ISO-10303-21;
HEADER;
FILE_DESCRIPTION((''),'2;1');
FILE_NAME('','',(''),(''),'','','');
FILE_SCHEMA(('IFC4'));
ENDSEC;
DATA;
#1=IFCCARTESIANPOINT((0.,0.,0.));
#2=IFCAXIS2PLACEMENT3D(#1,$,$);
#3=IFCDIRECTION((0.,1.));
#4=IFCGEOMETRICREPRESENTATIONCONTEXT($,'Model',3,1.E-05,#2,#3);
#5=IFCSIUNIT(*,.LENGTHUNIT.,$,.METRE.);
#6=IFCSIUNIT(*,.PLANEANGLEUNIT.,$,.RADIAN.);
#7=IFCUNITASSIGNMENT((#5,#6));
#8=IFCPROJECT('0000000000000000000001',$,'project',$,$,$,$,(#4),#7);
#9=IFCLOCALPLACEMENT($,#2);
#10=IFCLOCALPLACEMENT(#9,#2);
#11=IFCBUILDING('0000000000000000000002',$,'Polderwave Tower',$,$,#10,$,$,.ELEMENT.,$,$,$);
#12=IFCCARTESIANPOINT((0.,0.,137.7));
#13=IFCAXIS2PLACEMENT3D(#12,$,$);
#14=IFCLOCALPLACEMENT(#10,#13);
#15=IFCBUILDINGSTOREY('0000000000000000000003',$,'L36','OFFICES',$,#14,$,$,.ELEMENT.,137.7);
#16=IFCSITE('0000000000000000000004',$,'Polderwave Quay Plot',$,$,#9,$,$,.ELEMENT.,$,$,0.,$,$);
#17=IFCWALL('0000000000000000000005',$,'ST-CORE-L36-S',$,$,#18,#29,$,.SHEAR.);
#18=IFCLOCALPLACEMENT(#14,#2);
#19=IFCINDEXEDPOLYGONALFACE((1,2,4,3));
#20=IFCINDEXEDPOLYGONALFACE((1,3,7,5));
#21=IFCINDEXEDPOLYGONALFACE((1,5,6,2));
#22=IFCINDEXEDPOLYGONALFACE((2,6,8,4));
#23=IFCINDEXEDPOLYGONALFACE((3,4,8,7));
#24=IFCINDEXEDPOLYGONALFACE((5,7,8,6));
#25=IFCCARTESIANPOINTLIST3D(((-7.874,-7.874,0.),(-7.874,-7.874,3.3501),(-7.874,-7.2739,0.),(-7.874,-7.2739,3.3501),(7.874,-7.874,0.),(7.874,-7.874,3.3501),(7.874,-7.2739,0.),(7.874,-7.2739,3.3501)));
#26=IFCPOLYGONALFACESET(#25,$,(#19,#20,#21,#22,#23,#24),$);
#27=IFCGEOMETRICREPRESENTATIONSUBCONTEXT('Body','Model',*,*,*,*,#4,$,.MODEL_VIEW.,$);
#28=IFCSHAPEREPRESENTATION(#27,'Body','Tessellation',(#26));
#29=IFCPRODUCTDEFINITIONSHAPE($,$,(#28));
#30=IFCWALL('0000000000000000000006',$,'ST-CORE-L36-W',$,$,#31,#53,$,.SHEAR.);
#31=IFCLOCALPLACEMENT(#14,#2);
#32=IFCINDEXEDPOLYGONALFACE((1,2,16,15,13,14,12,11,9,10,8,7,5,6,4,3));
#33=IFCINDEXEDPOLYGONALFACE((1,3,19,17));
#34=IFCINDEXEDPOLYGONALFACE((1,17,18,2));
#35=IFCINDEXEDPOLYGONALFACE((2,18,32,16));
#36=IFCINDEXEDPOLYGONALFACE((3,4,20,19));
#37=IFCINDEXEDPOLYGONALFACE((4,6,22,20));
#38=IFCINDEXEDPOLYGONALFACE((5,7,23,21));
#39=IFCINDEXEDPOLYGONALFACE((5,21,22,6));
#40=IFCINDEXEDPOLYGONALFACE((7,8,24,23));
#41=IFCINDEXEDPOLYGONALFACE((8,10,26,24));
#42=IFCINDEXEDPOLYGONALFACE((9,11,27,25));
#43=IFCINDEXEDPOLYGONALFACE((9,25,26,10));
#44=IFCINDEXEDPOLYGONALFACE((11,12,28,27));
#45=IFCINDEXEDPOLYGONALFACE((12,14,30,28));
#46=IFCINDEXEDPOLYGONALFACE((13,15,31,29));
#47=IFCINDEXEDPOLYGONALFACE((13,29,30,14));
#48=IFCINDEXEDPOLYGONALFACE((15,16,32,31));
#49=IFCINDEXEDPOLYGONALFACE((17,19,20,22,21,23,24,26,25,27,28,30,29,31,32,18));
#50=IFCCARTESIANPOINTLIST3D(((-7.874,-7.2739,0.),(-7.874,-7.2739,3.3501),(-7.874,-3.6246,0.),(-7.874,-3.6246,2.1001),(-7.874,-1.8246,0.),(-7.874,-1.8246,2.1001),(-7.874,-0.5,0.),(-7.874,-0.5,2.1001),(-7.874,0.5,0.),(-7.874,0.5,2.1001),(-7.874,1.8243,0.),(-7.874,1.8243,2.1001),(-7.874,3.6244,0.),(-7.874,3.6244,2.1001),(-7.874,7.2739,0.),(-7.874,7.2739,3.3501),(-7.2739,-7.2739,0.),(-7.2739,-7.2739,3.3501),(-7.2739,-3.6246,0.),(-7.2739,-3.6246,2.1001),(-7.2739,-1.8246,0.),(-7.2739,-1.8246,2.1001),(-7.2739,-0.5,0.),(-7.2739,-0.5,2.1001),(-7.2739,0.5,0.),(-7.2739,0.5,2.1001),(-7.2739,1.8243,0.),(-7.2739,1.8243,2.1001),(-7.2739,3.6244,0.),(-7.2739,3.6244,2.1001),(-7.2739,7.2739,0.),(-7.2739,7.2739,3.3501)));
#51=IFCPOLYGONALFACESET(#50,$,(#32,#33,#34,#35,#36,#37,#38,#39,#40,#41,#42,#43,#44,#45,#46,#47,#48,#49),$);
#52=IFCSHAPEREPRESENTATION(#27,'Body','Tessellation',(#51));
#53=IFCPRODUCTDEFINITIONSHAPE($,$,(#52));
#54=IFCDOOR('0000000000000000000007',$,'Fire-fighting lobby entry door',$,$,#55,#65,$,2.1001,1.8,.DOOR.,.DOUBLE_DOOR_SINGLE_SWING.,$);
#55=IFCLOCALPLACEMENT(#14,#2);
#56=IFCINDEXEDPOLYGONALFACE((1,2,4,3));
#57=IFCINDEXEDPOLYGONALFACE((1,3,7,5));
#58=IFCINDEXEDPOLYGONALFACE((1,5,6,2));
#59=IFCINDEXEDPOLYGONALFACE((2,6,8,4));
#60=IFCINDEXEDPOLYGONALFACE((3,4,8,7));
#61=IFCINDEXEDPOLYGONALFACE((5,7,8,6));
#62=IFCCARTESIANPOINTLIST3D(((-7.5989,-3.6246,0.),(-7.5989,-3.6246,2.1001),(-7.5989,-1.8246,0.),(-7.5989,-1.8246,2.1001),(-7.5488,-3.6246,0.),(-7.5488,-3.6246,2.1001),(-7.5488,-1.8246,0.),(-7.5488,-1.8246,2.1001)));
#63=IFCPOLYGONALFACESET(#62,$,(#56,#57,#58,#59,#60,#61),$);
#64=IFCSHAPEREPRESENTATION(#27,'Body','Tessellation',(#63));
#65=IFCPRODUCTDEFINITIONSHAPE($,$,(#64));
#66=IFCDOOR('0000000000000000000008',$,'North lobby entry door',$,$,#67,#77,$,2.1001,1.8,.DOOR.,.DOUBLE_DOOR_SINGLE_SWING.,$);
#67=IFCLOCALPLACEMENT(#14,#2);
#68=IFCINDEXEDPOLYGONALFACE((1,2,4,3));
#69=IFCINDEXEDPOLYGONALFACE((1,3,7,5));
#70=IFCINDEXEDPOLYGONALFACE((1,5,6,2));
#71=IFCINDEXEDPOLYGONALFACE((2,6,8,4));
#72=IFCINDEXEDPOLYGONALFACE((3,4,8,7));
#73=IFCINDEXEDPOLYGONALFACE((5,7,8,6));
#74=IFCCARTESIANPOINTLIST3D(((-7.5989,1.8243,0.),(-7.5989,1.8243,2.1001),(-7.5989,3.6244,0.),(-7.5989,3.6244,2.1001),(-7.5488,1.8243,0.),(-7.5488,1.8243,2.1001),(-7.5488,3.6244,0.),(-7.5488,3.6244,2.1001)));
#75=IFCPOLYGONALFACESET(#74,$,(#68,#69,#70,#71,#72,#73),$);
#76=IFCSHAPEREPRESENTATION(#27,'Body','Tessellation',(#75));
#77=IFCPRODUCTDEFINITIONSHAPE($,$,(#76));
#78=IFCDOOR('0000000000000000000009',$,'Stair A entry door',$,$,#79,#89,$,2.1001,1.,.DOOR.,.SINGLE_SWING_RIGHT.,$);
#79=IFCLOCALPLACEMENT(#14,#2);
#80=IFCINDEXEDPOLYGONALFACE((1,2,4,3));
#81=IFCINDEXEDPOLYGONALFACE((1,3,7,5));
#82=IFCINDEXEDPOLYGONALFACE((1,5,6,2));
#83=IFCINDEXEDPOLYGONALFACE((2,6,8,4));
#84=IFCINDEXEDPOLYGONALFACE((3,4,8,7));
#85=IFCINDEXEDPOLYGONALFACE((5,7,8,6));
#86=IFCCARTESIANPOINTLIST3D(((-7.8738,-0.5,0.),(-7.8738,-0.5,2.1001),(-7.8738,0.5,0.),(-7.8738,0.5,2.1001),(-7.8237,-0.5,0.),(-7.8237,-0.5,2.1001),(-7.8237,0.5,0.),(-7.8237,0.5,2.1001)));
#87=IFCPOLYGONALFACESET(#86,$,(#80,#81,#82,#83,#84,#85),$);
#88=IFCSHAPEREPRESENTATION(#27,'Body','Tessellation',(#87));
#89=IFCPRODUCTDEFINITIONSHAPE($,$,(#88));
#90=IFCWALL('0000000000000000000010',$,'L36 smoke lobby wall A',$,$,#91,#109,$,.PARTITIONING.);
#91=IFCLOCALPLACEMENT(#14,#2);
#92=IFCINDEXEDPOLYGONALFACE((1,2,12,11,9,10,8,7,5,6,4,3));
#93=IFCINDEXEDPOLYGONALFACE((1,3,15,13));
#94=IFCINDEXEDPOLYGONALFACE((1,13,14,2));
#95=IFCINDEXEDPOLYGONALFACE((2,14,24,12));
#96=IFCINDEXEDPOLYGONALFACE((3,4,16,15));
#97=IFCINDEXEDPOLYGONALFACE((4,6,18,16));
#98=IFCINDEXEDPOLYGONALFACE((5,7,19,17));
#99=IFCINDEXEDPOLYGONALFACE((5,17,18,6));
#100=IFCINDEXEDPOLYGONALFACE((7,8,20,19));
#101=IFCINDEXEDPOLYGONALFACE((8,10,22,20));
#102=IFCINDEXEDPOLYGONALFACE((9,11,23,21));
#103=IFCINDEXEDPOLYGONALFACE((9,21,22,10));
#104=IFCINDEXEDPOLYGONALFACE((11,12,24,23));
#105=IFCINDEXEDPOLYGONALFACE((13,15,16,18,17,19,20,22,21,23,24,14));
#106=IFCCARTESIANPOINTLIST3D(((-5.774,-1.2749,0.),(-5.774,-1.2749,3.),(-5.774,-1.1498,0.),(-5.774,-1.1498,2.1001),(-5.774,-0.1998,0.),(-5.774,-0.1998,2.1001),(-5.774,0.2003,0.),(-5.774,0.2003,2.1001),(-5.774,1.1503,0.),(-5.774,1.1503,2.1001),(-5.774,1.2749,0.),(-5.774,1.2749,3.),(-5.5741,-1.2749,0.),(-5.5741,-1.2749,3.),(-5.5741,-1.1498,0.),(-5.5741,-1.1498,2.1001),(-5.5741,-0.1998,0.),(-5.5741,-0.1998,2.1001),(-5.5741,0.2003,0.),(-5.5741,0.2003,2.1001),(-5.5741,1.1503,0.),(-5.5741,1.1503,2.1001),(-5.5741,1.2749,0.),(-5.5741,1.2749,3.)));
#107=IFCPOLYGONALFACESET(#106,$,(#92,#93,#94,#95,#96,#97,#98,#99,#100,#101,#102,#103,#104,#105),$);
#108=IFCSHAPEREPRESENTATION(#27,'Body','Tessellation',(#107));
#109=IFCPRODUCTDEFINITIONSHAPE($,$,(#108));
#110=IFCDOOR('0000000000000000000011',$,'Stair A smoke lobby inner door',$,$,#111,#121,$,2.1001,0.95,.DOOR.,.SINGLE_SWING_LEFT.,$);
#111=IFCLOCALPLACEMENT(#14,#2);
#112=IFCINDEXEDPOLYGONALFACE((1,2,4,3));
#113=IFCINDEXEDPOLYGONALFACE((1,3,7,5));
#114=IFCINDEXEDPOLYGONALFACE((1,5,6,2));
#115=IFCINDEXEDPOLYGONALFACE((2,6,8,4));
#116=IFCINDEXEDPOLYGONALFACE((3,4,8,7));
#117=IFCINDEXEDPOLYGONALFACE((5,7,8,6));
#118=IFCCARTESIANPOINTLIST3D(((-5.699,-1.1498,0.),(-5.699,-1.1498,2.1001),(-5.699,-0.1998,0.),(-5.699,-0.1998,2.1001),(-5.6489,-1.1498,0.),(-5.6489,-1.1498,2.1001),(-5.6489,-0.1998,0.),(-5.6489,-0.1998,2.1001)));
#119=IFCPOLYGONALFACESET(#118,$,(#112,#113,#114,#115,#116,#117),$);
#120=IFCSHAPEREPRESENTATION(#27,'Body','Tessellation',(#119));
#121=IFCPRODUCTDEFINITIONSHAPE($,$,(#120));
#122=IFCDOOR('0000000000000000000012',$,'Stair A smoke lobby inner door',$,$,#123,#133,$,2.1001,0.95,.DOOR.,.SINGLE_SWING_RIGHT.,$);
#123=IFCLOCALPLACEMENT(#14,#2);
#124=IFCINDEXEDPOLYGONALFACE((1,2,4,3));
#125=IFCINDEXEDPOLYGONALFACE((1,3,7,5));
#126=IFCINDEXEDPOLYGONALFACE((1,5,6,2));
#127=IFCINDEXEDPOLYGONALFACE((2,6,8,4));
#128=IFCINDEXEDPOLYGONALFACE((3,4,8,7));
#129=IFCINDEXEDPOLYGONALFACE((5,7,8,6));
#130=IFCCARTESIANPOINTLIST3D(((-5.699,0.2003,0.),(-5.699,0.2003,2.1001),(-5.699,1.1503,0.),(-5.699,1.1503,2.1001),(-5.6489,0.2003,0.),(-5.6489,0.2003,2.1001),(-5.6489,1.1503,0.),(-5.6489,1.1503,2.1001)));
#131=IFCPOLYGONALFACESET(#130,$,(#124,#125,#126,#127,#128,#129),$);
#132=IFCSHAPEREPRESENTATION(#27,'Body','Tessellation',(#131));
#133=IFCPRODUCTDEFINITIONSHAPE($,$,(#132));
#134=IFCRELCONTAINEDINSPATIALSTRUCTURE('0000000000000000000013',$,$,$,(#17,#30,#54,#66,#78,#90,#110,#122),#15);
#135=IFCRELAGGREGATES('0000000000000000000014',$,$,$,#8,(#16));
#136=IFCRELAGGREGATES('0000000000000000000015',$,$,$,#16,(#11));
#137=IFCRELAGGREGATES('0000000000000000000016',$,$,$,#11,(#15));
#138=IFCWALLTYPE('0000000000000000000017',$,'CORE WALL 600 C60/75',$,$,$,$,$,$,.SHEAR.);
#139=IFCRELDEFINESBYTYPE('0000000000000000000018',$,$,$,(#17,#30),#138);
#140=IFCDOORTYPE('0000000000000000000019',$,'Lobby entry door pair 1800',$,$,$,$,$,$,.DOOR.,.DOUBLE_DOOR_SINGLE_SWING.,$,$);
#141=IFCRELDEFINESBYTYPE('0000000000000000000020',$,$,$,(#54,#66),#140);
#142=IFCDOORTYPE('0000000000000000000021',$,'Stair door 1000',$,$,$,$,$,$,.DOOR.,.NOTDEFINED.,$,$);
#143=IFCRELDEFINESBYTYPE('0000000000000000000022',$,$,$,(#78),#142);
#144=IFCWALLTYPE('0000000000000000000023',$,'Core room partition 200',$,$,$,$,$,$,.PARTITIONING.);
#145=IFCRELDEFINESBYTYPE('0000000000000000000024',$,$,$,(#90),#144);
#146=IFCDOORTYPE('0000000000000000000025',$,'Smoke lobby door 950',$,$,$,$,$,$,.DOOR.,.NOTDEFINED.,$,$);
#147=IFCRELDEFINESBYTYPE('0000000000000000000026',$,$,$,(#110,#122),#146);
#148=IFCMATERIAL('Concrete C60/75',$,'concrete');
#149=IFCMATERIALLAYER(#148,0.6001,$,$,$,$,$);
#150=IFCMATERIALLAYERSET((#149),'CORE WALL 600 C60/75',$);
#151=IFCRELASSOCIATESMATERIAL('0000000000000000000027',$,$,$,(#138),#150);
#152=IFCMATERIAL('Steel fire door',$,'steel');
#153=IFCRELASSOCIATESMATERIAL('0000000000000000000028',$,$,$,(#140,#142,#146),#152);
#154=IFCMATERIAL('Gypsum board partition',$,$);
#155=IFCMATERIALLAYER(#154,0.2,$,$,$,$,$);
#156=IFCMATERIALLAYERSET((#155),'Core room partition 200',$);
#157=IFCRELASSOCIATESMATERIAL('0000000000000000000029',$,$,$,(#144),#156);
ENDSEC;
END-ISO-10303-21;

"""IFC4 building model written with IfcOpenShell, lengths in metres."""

from ifc_helpers import new_model, si_unit, direction, frame, frame_2d, origin, place, context, subcontext, project, spatial, rectangle, extrude, material, layer, layer_set, type_object, element, fill, save


model = new_model("IFC4")

# Units and contexts
model_context = context("Model", 3, precision=1e-05, world=origin(), true_north=direction((0.0, 1.0)))
body_context = subcontext(model_context, "Body", "Model", "MODEL_VIEW")
ifc_project = project(units=[si_unit("LENGTHUNIT", "METRE"), si_unit("PLANEANGLEUNIT", "RADIAN")], contexts=[model_context])

# Site, building, storey
site_placement = place(None, origin())
site = spatial("IfcSite", under=ifc_project, at=site_placement, Name="Polderwave Quay Plot", CompositionType="ELEMENT", RefElevation=0.0)
building_placement = place(site_placement, origin())
building = spatial("IfcBuilding", under=site, at=building_placement, Name="Polderwave Tower", CompositionType="ELEMENT")
storey_placement = place(building_placement, frame((0.0, 0.0, 137.7)))
storey = spatial("IfcBuildingStorey", under=building, at=storey_placement, Name="L36", Description="OFFICES", CompositionType="ELEMENT", Elevation=137.7)

# Wall
ifc_material_1 = material(Name="Concrete C60/75", Category="concrete")
ifc_layer_1 = layer(ifc_material_1, 0.6001)
ifc_layer_set_1 = layer_set([ifc_layer_1], Name="CORE WALL 600 C60/75")
wall_type_1 = type_object("IfcWallType", Name="CORE WALL 600 C60/75", PredefinedType="SHEAR", material=ifc_layer_set_1)
wall_1_placement = place(storey_placement, frame((-7.874, -7.574, 0.0), z_axis=(0.0, 0.0, 1.0), x_axis=(1.0, 0.0, 0.0)))
element("IfcWall", 1, at=wall_1_placement, inside=storey, type_object=wall_type_1, Name="ST-CORE-L36-S", PredefinedType="SHEAR", context=body_context, shape_type="SweptSolid", body=[
    extrude(rectangle(XDim=15.748, YDim=0.6001, at=frame_2d((7.874, 0.0))), origin(), (0.0, 0.0, 1.0), 3.3501),
])

# Walls, openings, doors
wall_2_placement = place(storey_placement, frame((-7.574, -7.2739, 0.0), z_axis=(0.0, 0.0, 1.0), x_axis=(0.0, 1.0, 0.0)))
wall_2 = element("IfcWall", 2, at=wall_2_placement, inside=storey, type_object=wall_type_1, Name="ST-CORE-L36-W", PredefinedType="SHEAR", context=body_context, shape_type="SweptSolid", body=[
    extrude(rectangle(XDim=14.5479, YDim=0.6001, at=frame_2d((7.2739, 0.0))), origin(), (0.0, 0.0, 1.0), 3.3501),
])
opening_1_placement = place(wall_2_placement, frame((6.7739, 0.0, 0.0)))
opening_1 = element("IfcOpeningElement", 3, at=opening_1_placement, cuts=wall_2, PredefinedType="OPENING", context=body_context, shape_type="SweptSolid", body=[
    extrude(rectangle(XDim=1.0, YDim=2.1001, at=frame_2d((0.5, 1.05))), frame((0.0, 0.3101, 0.0), z_axis=(0.0, -1.0, 0.0), x_axis=(1.0, 0.0, 0.0)), (0.0, 0.0, 1.0), 0.6201),
])
opening_2_placement = place(wall_2_placement, frame((3.6494, 0.0, 0.0)))
opening_2 = element("IfcOpeningElement", 4, at=opening_2_placement, cuts=wall_2, PredefinedType="OPENING", context=body_context, shape_type="SweptSolid", body=[
    extrude(rectangle(XDim=1.8, YDim=2.1001, at=frame_2d((0.8999, 1.05))), frame((0.0, 0.3101, 0.0), z_axis=(0.0, -1.0, 0.0), x_axis=(1.0, 0.0, 0.0)), (0.0, 0.0, 1.0), 0.6201),
])
opening_3_placement = place(wall_2_placement, frame((9.0984, 0.0, 0.0)))
opening_3 = element("IfcOpeningElement", 5, at=opening_3_placement, cuts=wall_2, PredefinedType="OPENING", context=body_context, shape_type="SweptSolid", body=[
    extrude(rectangle(XDim=1.8, YDim=2.1001, at=frame_2d((0.8999, 1.05))), frame((0.0, 0.3101, 0.0), z_axis=(0.0, -1.0, 0.0), x_axis=(1.0, 0.0, 0.0)), (0.0, 0.0, 1.0), 0.6201),
])
ifc_material_2 = material(Name="Steel fire door", Category="steel")
door_type_1 = type_object("IfcDoorType", Name="Lobby entry door pair 1800", OperationType="DOUBLE_DOOR_SINGLE_SWING", PredefinedType="DOOR", material=ifc_material_2)
door_1_placement = place(opening_2_placement, origin())
door_1 = element("IfcDoor", 6, at=door_1_placement, inside=storey, type_object=door_type_1, Name="Fire-fighting lobby entry door", OperationType="DOUBLE_DOOR_SINGLE_SWING", OverallHeight=2.1001, OverallWidth=1.8, PredefinedType="DOOR", context=body_context, shape_type="SweptSolid", body=[
    extrude(rectangle(XDim=1.8, YDim=2.1001, at=frame_2d((0.8999, 1.05))), frame((0.0, 0.0249, 0.0), z_axis=(0.0, -1.0, 0.0), x_axis=(1.0, 0.0, 0.0)), (0.0, 0.0, 1.0), 0.05),
])
fill(opening_2, door_1)
door_2_placement = place(opening_3_placement, origin())
door_2 = element("IfcDoor", 7, at=door_2_placement, inside=storey, type_object=door_type_1, Name="North lobby entry door", OperationType="DOUBLE_DOOR_SINGLE_SWING", OverallHeight=2.1001, OverallWidth=1.8, PredefinedType="DOOR", context=body_context, shape_type="SweptSolid", body=[
    extrude(rectangle(XDim=1.8, YDim=2.1001, at=frame_2d((0.8999, 1.05))), frame((0.0, 0.0249, 0.0), z_axis=(0.0, -1.0, 0.0), x_axis=(1.0, 0.0, 0.0)), (0.0, 0.0, 1.0), 0.05),
])
fill(opening_3, door_2)
door_type_2 = type_object("IfcDoorType", Name="Stair door 1000", OperationType="NOTDEFINED", PredefinedType="DOOR", material=ifc_material_2)
door_3_placement = place(opening_1_placement, origin())
door_3 = element("IfcDoor", 8, at=door_3_placement, inside=storey, type_object=door_type_2, Name="Stair A entry door", OperationType="SINGLE_SWING_RIGHT", OverallHeight=2.1001, OverallWidth=1.0, PredefinedType="DOOR", context=body_context, shape_type="SweptSolid", body=[
    extrude(rectangle(XDim=1.0, YDim=2.1001, at=frame_2d((0.5, 1.05))), frame((0.0, 0.2998, 0.0), z_axis=(0.0, -1.0, 0.0), x_axis=(1.0, 0.0, 0.0)), (0.0, 0.0, 1.0), 0.05),
])
fill(opening_1, door_3)
ifc_material_3 = material(Name="Gypsum board partition")
ifc_layer_2 = layer(ifc_material_3, 0.2)
ifc_layer_set_2 = layer_set([ifc_layer_2], Name="Core room partition 200")
wall_type_2 = type_object("IfcWallType", Name="Core room partition 200", PredefinedType="PARTITIONING", material=ifc_layer_set_2)
wall_3_placement = place(storey_placement, frame((-5.6741, -1.2749, 0.0), z_axis=(0.0, 0.0, 1.0), x_axis=(0.0, 1.0, 0.0)))
wall_3 = element("IfcWall", 9, at=wall_3_placement, inside=storey, type_object=wall_type_2, Name="L36 smoke lobby wall A", PredefinedType="PARTITIONING", context=body_context, shape_type="SweptSolid", body=[
    extrude(rectangle(XDim=2.5498, YDim=0.2, at=frame_2d((1.2749, 0.0))), origin(), (0.0, 0.0, 1.0), 3.0),
])
opening_4_placement = place(wall_3_placement, frame((0.125, 0.0, 0.0)))
opening_4 = element("IfcOpeningElement", 10, at=opening_4_placement, cuts=wall_3, PredefinedType="OPENING", context=body_context, shape_type="SweptSolid", body=[
    extrude(rectangle(XDim=0.95, YDim=2.1001, at=frame_2d((0.4751, 1.05))), frame((0.0, 0.1099, 0.0), z_axis=(0.0, -1.0, 0.0), x_axis=(1.0, 0.0, 0.0)), (0.0, 0.0, 1.0), 0.22),
])
opening_5_placement = place(wall_3_placement, frame((1.4751, 0.0, 0.0)))
opening_5 = element("IfcOpeningElement", 11, at=opening_5_placement, cuts=wall_3, PredefinedType="OPENING", context=body_context, shape_type="SweptSolid", body=[
    extrude(rectangle(XDim=0.95, YDim=2.1001, at=frame_2d((0.4751, 1.05))), frame((0.0, 0.1099, 0.0), z_axis=(0.0, -1.0, 0.0), x_axis=(1.0, 0.0, 0.0)), (0.0, 0.0, 1.0), 0.22),
])
door_type_3 = type_object("IfcDoorType", Name="Smoke lobby door 950", OperationType="NOTDEFINED", PredefinedType="DOOR", material=ifc_material_2)
door_4_placement = place(opening_4_placement, origin())
door_4 = element("IfcDoor", 12, at=door_4_placement, inside=storey, type_object=door_type_3, Name="Stair A smoke lobby inner door", OperationType="SINGLE_SWING_LEFT", OverallHeight=2.1001, OverallWidth=0.95, PredefinedType="DOOR", context=body_context, shape_type="SweptSolid", body=[
    extrude(rectangle(XDim=0.95, YDim=2.1001, at=frame_2d((0.4751, 1.05))), frame((0.0, 0.0249, 0.0), z_axis=(0.0, -1.0, 0.0), x_axis=(1.0, 0.0, 0.0)), (0.0, 0.0, 1.0), 0.05),
])
fill(opening_4, door_4)
door_5_placement = place(opening_5_placement, origin())
door_5 = element("IfcDoor", 13, at=door_5_placement, inside=storey, type_object=door_type_3, Name="Stair A smoke lobby inner door", OperationType="SINGLE_SWING_RIGHT", OverallHeight=2.1001, OverallWidth=0.95, PredefinedType="DOOR", context=body_context, shape_type="SweptSolid", body=[
    extrude(rectangle(XDim=0.95, YDim=2.1001, at=frame_2d((0.4751, 1.05))), frame((0.0, 0.0249, 0.0), z_axis=(0.0, -1.0, 0.0), x_axis=(1.0, 0.0, 0.0)), (0.0, 0.0, 1.0), 0.05),
])
fill(opening_5, door_5)

save(model, "model.ifc")
